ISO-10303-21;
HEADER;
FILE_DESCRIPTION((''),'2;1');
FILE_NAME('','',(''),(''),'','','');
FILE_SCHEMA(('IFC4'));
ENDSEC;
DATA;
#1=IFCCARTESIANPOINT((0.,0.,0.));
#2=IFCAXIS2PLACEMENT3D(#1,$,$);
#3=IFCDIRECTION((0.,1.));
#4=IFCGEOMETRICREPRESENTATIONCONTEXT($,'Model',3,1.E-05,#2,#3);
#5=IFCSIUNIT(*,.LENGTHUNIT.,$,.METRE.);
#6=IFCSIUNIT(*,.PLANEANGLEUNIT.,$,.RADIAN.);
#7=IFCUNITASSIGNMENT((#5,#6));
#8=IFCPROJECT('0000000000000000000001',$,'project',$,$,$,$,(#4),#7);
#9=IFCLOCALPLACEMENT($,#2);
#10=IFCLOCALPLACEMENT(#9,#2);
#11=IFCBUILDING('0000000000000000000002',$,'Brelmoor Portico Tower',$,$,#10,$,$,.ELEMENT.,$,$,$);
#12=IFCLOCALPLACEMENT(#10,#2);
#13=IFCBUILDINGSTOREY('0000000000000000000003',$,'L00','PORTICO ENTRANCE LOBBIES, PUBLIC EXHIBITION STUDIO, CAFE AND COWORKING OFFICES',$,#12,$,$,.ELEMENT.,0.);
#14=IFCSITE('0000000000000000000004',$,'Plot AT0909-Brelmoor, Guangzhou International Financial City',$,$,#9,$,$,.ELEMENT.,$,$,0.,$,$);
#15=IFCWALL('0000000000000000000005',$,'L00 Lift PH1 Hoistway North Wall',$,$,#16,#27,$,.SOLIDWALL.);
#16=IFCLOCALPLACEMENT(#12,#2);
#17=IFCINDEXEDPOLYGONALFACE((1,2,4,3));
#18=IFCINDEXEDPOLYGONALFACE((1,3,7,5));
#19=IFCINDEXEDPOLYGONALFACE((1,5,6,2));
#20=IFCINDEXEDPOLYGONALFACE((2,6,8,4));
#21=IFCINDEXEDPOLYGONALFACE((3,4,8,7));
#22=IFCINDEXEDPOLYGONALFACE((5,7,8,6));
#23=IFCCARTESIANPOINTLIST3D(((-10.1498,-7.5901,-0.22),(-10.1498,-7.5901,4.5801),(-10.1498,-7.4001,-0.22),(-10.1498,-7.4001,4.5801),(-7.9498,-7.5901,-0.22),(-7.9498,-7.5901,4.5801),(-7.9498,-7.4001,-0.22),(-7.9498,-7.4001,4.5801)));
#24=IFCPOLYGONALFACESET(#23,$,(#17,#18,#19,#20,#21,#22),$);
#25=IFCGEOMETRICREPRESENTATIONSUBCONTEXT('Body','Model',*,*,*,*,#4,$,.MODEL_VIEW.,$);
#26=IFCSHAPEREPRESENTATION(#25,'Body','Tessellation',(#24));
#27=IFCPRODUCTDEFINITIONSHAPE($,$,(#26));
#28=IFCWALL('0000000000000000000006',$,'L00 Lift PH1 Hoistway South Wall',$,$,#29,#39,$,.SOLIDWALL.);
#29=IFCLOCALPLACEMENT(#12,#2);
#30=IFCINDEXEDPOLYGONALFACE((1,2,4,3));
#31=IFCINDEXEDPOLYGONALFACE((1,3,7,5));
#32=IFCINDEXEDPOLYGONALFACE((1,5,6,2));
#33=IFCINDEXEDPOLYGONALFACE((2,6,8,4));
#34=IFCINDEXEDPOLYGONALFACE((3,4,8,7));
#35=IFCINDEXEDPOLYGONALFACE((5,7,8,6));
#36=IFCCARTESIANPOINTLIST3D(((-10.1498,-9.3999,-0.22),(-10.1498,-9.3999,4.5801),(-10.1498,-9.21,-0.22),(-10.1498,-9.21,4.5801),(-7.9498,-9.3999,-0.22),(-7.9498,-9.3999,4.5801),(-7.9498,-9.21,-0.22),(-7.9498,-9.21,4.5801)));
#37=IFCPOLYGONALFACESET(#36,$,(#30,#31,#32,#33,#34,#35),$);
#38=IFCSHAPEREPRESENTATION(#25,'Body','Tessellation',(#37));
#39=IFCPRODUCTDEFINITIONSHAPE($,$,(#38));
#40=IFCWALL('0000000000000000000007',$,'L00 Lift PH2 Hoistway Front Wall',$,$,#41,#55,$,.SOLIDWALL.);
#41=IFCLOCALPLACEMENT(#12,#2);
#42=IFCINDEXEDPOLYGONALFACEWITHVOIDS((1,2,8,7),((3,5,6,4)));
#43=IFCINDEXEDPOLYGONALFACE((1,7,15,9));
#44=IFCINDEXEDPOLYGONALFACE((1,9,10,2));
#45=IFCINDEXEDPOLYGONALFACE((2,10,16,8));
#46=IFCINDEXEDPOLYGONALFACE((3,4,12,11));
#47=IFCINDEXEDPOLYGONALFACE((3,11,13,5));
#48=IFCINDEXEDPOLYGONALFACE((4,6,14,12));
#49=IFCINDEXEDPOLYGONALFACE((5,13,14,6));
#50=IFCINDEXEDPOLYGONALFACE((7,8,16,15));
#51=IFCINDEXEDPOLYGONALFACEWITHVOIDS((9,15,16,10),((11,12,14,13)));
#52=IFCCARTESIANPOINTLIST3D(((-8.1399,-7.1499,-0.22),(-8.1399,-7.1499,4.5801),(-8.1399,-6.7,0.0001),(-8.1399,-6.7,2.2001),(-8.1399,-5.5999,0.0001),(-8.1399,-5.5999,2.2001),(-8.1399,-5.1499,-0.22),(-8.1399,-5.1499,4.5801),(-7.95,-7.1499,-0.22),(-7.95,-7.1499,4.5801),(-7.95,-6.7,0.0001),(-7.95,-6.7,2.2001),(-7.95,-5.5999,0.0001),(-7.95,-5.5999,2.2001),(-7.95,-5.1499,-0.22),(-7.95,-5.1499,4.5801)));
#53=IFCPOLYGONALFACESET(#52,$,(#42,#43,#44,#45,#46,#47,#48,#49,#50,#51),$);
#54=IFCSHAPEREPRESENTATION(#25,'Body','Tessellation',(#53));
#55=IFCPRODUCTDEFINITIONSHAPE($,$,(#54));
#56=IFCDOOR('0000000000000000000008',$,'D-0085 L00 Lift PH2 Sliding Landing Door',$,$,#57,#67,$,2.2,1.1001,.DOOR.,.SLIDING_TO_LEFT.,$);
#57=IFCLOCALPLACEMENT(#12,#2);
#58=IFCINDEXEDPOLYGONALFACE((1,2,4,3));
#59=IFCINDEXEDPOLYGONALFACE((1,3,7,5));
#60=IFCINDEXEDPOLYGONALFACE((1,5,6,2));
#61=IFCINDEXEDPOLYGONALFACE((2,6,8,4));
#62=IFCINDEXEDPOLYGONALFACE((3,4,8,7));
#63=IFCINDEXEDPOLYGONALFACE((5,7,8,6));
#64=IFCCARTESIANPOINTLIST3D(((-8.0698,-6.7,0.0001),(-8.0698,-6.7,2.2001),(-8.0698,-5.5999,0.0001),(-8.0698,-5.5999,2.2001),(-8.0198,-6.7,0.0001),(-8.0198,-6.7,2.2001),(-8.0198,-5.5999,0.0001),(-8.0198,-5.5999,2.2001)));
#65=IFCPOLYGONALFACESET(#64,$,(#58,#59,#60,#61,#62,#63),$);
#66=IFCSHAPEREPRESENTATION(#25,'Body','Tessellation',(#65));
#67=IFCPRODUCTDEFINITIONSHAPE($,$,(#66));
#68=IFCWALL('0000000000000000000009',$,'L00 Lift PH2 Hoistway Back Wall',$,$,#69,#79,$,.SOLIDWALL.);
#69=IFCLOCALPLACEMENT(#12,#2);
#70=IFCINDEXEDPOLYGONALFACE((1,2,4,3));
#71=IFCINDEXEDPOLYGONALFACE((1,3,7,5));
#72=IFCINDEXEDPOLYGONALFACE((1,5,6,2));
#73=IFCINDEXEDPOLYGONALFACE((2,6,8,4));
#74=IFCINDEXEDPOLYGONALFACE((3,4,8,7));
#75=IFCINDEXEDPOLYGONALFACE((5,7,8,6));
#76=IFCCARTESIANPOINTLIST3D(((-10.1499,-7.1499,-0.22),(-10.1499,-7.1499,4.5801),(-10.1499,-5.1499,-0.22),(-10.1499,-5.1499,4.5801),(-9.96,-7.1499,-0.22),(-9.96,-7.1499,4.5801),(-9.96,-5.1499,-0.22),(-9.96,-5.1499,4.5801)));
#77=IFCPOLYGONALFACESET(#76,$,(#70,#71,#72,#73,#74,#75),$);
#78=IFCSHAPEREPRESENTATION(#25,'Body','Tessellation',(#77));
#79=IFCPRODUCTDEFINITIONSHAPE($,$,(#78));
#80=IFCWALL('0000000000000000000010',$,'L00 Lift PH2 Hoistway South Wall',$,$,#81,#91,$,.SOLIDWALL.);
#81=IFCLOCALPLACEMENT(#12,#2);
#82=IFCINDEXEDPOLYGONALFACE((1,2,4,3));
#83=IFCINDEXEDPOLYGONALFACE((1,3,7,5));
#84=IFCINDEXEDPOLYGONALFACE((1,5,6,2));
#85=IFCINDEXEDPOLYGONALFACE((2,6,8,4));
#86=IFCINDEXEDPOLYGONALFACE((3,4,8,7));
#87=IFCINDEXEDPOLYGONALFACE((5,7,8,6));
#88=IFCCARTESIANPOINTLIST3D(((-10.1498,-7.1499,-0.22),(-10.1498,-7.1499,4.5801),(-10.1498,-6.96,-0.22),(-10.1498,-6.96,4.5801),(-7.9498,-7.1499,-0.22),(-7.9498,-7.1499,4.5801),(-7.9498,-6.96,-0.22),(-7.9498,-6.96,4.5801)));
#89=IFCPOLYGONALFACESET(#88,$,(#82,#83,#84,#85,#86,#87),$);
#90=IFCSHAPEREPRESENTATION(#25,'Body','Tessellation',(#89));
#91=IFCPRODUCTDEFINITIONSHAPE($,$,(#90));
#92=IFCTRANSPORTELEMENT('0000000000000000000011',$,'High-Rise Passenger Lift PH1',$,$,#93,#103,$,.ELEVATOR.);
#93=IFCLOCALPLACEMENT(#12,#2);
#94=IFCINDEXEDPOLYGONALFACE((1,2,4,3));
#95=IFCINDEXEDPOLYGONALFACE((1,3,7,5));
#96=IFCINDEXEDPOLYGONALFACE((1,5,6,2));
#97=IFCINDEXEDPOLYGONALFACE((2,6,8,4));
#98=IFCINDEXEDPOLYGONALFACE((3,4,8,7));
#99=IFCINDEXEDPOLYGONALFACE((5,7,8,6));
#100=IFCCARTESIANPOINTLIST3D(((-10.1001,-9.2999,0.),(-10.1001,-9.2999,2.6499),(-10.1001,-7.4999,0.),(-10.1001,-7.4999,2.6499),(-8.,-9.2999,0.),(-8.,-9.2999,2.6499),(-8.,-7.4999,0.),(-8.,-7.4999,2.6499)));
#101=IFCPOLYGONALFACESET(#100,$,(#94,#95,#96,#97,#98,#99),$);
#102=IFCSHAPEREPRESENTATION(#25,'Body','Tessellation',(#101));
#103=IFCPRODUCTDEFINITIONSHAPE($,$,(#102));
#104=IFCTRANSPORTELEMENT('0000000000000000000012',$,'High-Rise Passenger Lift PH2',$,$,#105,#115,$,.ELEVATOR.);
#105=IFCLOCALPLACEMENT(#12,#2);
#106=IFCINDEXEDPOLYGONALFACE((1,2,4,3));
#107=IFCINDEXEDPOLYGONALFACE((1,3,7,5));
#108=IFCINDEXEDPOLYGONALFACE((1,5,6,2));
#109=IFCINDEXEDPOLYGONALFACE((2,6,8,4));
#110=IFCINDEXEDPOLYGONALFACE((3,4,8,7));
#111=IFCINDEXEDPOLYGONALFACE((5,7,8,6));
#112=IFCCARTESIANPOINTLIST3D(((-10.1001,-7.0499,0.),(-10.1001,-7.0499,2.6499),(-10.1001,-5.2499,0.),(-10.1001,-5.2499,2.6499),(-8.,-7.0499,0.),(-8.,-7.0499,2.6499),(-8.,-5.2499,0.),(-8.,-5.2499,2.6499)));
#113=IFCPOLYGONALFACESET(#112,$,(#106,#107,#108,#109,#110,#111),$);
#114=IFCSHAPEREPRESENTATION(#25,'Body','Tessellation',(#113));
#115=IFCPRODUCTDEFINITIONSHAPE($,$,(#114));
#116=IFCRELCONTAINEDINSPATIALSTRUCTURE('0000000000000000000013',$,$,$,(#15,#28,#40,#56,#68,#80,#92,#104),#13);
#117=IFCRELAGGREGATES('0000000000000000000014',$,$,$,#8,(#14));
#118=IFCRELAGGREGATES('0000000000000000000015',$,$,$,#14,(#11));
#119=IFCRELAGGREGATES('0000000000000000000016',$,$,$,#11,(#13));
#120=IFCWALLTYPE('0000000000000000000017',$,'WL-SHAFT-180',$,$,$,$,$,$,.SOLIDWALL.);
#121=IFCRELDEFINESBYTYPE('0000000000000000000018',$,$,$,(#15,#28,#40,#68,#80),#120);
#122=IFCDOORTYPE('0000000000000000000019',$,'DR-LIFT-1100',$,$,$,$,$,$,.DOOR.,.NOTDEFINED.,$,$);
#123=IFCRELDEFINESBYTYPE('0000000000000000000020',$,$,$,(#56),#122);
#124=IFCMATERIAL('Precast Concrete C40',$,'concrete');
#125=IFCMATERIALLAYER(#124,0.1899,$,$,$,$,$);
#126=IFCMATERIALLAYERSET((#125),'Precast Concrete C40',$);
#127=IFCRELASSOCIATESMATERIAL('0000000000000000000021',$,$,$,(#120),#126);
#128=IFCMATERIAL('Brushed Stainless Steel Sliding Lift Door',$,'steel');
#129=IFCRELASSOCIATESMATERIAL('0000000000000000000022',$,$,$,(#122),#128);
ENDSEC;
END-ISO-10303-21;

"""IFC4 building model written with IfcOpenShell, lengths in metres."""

from ifc_helpers import new_model, si_unit, direction, frame, frame_2d, origin, origin_2d, place, context, subcontext, project, spatial, rectangle, extrude, material, layer, layer_set, type_object, element, fill, save


model = new_model("IFC4")

# Units and contexts
model_context = context("Model", 3, precision=1e-05, world=origin(), true_north=direction((0.0, 1.0)))
body_context = subcontext(model_context, "Body", "Model", "MODEL_VIEW")
ifc_project = project(units=[si_unit("LENGTHUNIT", "METRE"), si_unit("PLANEANGLEUNIT", "RADIAN")], contexts=[model_context])

# Site, building, storey
site_placement = place(None, origin())
site = spatial("IfcSite", under=ifc_project, at=site_placement, Name="Plot AT0909-Brelmoor, Guangzhou International Financial City", CompositionType="ELEMENT", RefElevation=0.0)
building_placement = place(site_placement, origin())
building = spatial("IfcBuilding", under=site, at=building_placement, Name="Brelmoor Portico Tower", CompositionType="ELEMENT")
storey_placement = place(building_placement, origin())
storey = spatial("IfcBuildingStorey", under=building, at=storey_placement, Name="L00", Description="PORTICO ENTRANCE LOBBIES, PUBLIC EXHIBITION STUDIO, CAFE AND COWORKING OFFICES", CompositionType="ELEMENT", Elevation=0.0)

# Shared definitions
ifc_material_1 = material(Name="Precast Concrete C40", Category="concrete")
ifc_layer_1 = layer(ifc_material_1, 0.1899)
ifc_layer_set_1 = layer_set([ifc_layer_1], Name="Precast Concrete C40")
wall_type_1 = type_object("IfcWallType", Name="WL-SHAFT-180", PredefinedType="SOLIDWALL", material=ifc_layer_set_1)
ifc_material_2 = material(Name="Brushed Stainless Steel Sliding Lift Door", Category="steel")
door_type_1 = type_object("IfcDoorType", Name="DR-LIFT-1100", OperationType="NOTDEFINED", PredefinedType="DOOR", material=ifc_material_2)

# Walls
for number, where, z_axis, x_axis, name in (
    (1, (-10.1499, -7.4951, -0.22), (0.0, 0.0, 1.0), (1.0, 0.0, 0.0), "L00 Lift PH1 Hoistway North Wall"),
    (2, (-10.1499, -9.3049, -0.22), (0.0, 0.0, 1.0), (1.0, 0.0, 0.0), "L00 Lift PH1 Hoistway South Wall"),
):
    element("IfcWall", number, at=place(storey_placement, frame(where, z_axis=z_axis, x_axis=x_axis)), inside=storey, type_object=wall_type_1, Name=name, PredefinedType="SOLIDWALL", context=body_context, shape_type="SweptSolid", body=[
        extrude(rectangle(XDim=2.2, YDim=0.1899, at=frame_2d((1.1001, 0.0))), origin(), (0.0, 0.0, 1.0), 4.8),
    ])

# Wall, opening, door
wall_1_placement = place(storey_placement, frame((-8.0449, -7.1499, -0.22), z_axis=(0.0, 0.0, 1.0), x_axis=(0.0, 1.0, 0.0)))
wall_1 = element("IfcWall", 3, at=wall_1_placement, inside=storey, type_object=wall_type_1, Name="L00 Lift PH2 Hoistway Front Wall", PredefinedType="SOLIDWALL", context=body_context, shape_type="SweptSolid", body=[
    extrude(rectangle(XDim=2.0, YDim=0.1899, at=frame_2d((1.0, 0.0))), origin(), (0.0, 0.0, 1.0), 4.8),
])
opening_1_placement = place(wall_1_placement, frame((0.45, 0.0, 0.22)))
opening_1 = element("IfcOpeningElement", 4, at=opening_1_placement, cuts=wall_1, PredefinedType="OPENING", context=body_context, shape_type="SweptSolid", body=[
    extrude(rectangle(XDim=1.1001, YDim=2.2, at=frame_2d((0.55, 1.1001))), frame((0.0, 0.105, 0.0), z_axis=(0.0, -1.0, 0.0), x_axis=(1.0, 0.0, 0.0)), (0.0, 0.0, 1.0), 0.21),
])
door_1_placement = place(opening_1_placement, origin())
door_1 = element("IfcDoor", 5, at=door_1_placement, inside=storey, type_object=door_type_1, Name="D-0085 L00 Lift PH2 Sliding Landing Door", OperationType="SLIDING_TO_LEFT", OverallHeight=2.2, OverallWidth=1.1001, PredefinedType="DOOR", context=body_context, shape_type="SweptSolid", body=[
    extrude(rectangle(XDim=1.1001, YDim=2.2, at=frame_2d((0.55, 1.1001))), frame((0.0, 0.0249, 0.0), z_axis=(0.0, -1.0, 0.0), x_axis=(1.0, 0.0, 0.0)), (0.0, 0.0, 1.0), 0.05),
])
fill(opening_1, door_1)

# Walls
wall_2_placement = place(storey_placement, frame((-10.0549, -7.1499, -0.22), z_axis=(0.0, 0.0, 1.0), x_axis=(0.0, 1.0, 0.0)))
element("IfcWall", 6, at=wall_2_placement, inside=storey, type_object=wall_type_1, Name="L00 Lift PH2 Hoistway Back Wall", PredefinedType="SOLIDWALL", context=body_context, shape_type="SweptSolid", body=[
    extrude(rectangle(XDim=2.0, YDim=0.1899, at=frame_2d((1.0, 0.0))), origin(), (0.0, 0.0, 1.0), 4.8),
])
wall_3_placement = place(storey_placement, frame((-10.1499, -7.0549, -0.22), z_axis=(0.0, 0.0, 1.0), x_axis=(1.0, 0.0, 0.0)))
element("IfcWall", 7, at=wall_3_placement, inside=storey, type_object=wall_type_1, Name="L00 Lift PH2 Hoistway South Wall", PredefinedType="SOLIDWALL", context=body_context, shape_type="SweptSolid", body=[
    extrude(rectangle(XDim=2.2, YDim=0.1899, at=frame_2d((1.1001, 0.0))), origin(), (0.0, 0.0, 1.0), 4.8),
])

# Transport elements
for number, where, z_axis, x_axis, name in (
    (8, (-9.05, -8.3999, 0.0), (0.0, 0.0, 1.0), (0.0, 1.0, 0.0), "High-Rise Passenger Lift PH1"),
    (9, (-9.05, -6.1499, 0.0), (0.0, 0.0, 1.0), (0.0, 1.0, 0.0), "High-Rise Passenger Lift PH2"),
):
    element("IfcTransportElement", number, at=place(storey_placement, frame(where, z_axis=z_axis, x_axis=x_axis)), inside=storey, Name=name, PredefinedType="ELEVATOR", context=body_context, shape_type="SweptSolid", body=[
        extrude(rectangle(XDim=1.8, YDim=2.1001, at=origin_2d()), origin(), (0.0, 0.0, 1.0), 2.6499),
    ])

save(model, "model.ifc")
